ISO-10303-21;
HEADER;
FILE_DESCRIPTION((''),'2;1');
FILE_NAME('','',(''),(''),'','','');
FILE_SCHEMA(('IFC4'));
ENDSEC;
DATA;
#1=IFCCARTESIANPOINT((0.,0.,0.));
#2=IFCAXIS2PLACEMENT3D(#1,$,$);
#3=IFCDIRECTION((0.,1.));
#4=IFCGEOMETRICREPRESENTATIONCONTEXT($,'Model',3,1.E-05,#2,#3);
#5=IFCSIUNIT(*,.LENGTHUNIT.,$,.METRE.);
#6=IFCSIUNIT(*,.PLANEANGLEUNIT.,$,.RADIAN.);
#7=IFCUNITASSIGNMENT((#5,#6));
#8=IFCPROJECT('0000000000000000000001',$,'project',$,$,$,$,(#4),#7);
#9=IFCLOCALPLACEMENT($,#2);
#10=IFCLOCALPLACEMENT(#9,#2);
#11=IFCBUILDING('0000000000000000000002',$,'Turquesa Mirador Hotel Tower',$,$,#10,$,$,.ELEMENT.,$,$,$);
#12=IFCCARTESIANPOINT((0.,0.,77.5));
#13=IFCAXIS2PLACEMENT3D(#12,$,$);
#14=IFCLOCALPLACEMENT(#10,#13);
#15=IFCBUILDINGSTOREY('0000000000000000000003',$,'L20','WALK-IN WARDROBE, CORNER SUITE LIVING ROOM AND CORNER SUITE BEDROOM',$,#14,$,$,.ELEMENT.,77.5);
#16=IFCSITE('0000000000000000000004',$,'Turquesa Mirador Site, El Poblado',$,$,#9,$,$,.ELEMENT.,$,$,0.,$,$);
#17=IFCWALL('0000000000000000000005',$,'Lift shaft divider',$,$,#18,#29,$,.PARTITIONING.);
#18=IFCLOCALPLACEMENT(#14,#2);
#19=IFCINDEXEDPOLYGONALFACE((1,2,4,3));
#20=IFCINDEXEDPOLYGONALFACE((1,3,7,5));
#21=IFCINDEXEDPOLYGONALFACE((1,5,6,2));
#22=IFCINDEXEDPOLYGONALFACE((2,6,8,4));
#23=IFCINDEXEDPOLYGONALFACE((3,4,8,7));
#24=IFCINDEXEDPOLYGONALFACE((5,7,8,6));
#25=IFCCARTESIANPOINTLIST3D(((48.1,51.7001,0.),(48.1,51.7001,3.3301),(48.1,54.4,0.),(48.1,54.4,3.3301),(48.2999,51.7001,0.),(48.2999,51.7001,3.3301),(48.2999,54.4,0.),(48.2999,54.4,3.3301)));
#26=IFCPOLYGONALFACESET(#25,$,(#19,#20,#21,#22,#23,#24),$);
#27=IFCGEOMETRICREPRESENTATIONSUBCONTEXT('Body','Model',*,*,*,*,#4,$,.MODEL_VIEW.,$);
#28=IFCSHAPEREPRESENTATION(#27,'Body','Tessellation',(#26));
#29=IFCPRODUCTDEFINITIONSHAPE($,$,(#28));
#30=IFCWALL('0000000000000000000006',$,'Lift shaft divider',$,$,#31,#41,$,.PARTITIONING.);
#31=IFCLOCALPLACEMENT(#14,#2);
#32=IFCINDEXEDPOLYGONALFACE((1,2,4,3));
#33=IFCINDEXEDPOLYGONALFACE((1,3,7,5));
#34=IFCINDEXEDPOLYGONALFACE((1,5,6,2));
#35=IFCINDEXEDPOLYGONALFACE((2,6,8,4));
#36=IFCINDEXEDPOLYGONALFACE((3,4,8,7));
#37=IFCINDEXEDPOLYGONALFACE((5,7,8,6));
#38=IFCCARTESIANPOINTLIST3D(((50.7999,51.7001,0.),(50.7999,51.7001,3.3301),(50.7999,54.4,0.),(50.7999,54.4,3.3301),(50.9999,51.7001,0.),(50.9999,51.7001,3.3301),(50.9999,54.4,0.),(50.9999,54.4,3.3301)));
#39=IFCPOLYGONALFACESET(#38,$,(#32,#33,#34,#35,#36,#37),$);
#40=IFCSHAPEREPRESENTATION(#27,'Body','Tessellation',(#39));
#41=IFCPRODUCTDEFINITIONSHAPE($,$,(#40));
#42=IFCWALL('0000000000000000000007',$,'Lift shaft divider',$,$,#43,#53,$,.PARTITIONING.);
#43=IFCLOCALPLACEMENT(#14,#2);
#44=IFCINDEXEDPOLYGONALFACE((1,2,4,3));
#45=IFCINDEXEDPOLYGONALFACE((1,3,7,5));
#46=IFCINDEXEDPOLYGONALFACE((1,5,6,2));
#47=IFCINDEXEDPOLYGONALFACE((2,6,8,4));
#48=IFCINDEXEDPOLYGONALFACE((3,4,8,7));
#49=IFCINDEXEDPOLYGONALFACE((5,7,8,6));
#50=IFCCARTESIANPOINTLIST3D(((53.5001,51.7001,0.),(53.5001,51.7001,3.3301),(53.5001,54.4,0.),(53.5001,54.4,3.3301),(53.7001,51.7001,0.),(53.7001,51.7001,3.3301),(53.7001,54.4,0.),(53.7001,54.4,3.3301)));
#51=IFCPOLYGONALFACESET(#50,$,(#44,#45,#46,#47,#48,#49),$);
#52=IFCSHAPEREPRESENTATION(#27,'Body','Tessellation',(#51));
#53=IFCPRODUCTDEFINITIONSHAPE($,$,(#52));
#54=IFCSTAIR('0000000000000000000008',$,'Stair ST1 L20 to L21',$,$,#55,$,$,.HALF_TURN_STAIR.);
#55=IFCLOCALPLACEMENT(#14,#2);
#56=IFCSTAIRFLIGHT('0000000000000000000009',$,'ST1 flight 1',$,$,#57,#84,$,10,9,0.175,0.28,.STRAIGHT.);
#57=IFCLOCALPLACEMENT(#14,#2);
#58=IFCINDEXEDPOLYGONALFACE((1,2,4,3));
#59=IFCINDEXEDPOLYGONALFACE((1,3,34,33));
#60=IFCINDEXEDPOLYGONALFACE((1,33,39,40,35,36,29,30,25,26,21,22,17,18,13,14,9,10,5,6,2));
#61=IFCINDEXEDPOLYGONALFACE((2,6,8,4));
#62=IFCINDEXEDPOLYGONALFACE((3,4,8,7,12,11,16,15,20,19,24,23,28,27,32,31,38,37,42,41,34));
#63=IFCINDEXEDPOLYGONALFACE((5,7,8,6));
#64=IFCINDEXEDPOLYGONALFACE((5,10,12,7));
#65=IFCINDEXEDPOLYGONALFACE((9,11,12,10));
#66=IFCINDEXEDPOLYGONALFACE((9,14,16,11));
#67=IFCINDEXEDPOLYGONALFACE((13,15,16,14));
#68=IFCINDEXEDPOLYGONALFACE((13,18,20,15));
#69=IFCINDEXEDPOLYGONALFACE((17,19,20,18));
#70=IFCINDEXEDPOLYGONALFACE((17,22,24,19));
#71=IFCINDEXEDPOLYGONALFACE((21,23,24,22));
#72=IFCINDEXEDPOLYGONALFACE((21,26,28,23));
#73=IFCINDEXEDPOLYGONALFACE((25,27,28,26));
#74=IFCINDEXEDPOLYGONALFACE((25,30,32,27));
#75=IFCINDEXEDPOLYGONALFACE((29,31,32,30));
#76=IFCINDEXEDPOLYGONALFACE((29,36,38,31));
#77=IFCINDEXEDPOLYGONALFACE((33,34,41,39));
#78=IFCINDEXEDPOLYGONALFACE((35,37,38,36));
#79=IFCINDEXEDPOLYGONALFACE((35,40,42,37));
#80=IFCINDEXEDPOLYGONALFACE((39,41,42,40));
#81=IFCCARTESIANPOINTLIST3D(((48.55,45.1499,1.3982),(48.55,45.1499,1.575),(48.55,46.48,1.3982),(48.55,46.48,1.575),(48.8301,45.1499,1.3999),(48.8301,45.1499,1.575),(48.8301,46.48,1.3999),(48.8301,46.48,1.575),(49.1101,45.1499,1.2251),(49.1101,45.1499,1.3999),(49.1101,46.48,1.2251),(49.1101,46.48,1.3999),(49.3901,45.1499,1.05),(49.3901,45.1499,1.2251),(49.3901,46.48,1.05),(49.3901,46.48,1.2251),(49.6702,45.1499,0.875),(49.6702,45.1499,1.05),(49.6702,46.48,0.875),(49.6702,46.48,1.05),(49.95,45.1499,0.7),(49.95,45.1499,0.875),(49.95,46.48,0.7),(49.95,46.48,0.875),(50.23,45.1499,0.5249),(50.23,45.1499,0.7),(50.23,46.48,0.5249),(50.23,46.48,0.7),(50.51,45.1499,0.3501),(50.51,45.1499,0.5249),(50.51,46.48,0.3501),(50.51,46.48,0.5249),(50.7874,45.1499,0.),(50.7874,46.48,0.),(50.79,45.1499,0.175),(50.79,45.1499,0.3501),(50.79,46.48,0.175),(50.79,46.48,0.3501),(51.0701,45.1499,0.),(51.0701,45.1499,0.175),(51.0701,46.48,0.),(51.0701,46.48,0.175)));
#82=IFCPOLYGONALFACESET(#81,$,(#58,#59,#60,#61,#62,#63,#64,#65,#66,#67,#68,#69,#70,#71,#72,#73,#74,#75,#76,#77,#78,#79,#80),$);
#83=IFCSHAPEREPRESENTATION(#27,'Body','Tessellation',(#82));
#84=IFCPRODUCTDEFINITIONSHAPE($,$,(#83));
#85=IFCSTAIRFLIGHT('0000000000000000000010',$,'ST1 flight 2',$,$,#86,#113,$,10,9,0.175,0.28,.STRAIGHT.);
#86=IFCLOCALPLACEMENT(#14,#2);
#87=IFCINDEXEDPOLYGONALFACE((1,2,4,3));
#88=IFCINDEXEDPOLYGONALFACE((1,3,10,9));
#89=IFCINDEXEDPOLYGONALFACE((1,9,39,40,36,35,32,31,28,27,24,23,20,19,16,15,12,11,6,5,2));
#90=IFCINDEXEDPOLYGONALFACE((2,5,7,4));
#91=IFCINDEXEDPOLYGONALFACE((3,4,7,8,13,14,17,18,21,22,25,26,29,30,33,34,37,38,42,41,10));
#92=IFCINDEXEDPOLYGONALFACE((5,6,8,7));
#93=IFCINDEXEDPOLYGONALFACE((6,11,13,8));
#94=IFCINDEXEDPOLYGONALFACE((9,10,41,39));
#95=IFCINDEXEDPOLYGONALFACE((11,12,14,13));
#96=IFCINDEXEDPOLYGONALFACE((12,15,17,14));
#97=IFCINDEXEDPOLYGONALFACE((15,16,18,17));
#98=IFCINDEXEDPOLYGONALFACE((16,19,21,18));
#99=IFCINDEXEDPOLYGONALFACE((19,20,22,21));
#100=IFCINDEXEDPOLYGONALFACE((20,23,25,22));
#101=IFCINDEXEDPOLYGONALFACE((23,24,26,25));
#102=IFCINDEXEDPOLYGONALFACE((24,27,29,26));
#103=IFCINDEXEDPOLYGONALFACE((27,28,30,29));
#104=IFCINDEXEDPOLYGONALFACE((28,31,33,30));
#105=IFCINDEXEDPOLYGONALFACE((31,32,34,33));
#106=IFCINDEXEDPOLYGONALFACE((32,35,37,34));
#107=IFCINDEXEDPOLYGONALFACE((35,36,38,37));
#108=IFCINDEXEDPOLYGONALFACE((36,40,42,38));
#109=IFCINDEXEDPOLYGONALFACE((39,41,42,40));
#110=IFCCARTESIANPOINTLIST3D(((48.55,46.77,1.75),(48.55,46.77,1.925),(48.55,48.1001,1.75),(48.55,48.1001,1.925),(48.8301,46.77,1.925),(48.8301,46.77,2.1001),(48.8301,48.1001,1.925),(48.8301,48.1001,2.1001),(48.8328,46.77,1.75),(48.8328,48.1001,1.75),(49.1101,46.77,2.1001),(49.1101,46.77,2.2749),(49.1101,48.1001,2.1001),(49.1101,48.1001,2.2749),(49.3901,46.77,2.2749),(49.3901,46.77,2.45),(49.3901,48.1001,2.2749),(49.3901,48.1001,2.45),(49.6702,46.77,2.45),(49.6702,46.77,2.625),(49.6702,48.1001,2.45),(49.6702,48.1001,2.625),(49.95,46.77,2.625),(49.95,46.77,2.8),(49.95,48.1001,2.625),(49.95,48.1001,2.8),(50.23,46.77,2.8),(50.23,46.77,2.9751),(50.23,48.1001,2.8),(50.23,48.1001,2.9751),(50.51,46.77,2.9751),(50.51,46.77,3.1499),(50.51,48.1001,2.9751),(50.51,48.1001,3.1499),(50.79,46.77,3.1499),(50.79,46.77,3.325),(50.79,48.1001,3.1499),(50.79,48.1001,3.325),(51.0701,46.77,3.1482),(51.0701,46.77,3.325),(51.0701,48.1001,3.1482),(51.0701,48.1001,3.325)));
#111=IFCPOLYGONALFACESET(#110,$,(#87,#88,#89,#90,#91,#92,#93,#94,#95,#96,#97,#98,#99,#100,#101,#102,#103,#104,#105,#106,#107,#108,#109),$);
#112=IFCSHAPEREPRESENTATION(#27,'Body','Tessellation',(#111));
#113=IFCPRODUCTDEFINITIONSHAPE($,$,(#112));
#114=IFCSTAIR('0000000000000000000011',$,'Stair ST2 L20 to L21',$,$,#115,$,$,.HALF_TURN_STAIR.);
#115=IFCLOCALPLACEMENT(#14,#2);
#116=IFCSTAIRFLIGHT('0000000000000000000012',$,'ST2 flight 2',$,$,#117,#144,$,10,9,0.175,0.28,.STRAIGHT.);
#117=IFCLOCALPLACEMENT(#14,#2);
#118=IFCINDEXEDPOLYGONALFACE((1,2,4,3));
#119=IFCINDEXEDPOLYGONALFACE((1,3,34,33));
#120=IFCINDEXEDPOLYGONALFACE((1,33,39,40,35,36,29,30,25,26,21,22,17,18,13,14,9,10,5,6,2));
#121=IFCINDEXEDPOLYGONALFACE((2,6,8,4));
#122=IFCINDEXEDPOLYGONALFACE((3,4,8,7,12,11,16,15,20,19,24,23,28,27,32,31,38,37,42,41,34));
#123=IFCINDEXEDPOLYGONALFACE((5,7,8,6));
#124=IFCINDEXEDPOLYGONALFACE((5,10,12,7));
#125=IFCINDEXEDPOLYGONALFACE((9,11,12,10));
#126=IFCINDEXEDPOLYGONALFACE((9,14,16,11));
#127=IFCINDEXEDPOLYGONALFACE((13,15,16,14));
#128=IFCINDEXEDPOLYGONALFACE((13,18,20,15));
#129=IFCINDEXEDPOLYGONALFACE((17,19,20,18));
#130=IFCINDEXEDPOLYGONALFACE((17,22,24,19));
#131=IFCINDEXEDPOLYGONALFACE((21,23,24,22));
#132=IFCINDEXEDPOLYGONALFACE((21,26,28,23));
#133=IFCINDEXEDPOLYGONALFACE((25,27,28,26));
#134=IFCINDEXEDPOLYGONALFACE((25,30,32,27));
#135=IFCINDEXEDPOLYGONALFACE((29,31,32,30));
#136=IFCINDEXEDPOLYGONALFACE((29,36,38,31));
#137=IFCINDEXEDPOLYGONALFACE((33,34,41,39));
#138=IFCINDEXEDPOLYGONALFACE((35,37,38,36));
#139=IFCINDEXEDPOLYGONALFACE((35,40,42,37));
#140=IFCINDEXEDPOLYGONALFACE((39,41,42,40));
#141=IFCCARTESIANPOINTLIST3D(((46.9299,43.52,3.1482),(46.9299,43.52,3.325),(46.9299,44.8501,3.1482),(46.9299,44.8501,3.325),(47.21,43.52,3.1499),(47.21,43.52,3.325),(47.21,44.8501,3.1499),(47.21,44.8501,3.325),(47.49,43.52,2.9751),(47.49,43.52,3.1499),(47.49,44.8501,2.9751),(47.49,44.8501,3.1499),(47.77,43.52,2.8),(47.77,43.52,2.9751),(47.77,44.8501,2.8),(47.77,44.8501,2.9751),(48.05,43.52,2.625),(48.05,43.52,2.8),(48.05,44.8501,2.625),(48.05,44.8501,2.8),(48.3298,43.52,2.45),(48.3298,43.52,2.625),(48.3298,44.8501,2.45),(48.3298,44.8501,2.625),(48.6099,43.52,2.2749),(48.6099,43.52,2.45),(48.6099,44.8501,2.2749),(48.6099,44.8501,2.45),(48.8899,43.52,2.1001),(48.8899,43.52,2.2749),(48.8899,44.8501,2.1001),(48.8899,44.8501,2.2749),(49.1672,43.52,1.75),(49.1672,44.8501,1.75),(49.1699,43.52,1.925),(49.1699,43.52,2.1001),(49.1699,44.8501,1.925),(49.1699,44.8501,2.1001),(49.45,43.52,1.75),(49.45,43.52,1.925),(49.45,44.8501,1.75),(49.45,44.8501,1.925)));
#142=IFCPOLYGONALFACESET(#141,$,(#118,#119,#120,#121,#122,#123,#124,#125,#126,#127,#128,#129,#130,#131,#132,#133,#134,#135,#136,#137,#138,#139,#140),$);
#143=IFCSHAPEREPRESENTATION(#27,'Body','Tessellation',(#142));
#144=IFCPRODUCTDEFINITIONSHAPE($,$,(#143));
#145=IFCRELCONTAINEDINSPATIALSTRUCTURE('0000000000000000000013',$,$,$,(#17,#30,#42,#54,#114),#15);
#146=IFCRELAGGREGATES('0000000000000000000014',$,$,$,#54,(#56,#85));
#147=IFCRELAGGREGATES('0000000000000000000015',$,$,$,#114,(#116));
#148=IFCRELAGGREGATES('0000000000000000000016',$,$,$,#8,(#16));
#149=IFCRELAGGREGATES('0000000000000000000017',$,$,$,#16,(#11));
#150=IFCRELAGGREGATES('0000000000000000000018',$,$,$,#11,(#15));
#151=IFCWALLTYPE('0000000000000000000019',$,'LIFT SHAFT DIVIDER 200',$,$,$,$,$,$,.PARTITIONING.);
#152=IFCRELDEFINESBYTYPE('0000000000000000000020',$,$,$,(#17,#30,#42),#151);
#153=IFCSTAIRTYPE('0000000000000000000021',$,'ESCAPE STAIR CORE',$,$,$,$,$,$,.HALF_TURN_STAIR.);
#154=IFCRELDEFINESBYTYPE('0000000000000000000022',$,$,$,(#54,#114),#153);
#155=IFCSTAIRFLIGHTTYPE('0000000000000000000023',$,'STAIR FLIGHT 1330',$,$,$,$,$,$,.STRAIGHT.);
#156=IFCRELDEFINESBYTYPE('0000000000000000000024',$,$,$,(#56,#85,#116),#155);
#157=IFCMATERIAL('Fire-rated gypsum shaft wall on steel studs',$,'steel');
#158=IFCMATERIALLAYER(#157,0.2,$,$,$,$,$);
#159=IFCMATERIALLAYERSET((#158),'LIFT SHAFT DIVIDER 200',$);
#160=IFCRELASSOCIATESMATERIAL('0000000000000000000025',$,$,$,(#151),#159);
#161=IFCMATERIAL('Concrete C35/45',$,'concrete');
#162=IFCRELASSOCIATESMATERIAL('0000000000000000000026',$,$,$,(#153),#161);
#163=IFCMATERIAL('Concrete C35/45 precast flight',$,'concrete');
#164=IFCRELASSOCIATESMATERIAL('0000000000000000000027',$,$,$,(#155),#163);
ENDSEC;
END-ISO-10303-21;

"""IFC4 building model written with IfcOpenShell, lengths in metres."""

from ifc_helpers import new_model, si_unit, direction, frame, frame_2d, origin, place, context, subcontext, project, spatial, polyline, rectangle, outline, extrude, material, layer, layer_set, type_object, element, aggregate, save


model = new_model("IFC4")

# Units and contexts
model_context = context("Model", 3, precision=1e-05, world=origin(), true_north=direction((0.0, 1.0)))
body_context = subcontext(model_context, "Body", "Model", "MODEL_VIEW")
ifc_project = project(units=[si_unit("LENGTHUNIT", "METRE"), si_unit("PLANEANGLEUNIT", "RADIAN")], contexts=[model_context])

# Site, building, storey
site_placement = place(None, origin())
site = spatial("IfcSite", under=ifc_project, at=site_placement, Name="Turquesa Mirador Site, El Poblado", CompositionType="ELEMENT", RefElevation=0.0)
building_placement = place(site_placement, origin())
building = spatial("IfcBuilding", under=site, at=building_placement, Name="Turquesa Mirador Hotel Tower", CompositionType="ELEMENT")
storey_placement = place(building_placement, frame((0.0, 0.0, 77.5)))
storey = spatial("IfcBuildingStorey", under=building, at=storey_placement, Name="L20", Description="WALK-IN WARDROBE, CORNER SUITE LIVING ROOM AND CORNER SUITE BEDROOM", CompositionType="ELEMENT", Elevation=77.5)

# Walls
ifc_material_1 = material(Name="Fire-rated gypsum shaft wall on steel studs", Category="steel")
ifc_layer_1 = layer(ifc_material_1, 0.2)
ifc_layer_set_1 = layer_set([ifc_layer_1], Name="LIFT SHAFT DIVIDER 200")
wall_type_1 = type_object("IfcWallType", Name="LIFT SHAFT DIVIDER 200", PredefinedType="PARTITIONING", material=ifc_layer_set_1)
for number, where, z_axis, x_axis, name in (
    (1, (48.2, 51.7, 0.0), (0.0, 0.0, 1.0), (0.0, 1.0, 0.0), "Lift shaft divider"),
    (2, (50.8999, 51.7, 0.0), (0.0, 0.0, 1.0), (0.0, 1.0, 0.0), "Lift shaft divider"),
    (3, (53.6001, 51.7, 0.0), (0.0, 0.0, 1.0), (0.0, 1.0, 0.0), "Lift shaft divider"),
):
    element("IfcWall", number, at=place(storey_placement, frame(where, z_axis=z_axis, x_axis=x_axis)), inside=storey, type_object=wall_type_1, Name=name, PredefinedType="PARTITIONING", context=body_context, shape_type="SweptSolid", body=[
        extrude(rectangle(XDim=2.7, YDim=0.2, at=frame_2d((1.3501, 0.0))), origin(), (0.0, 0.0, 1.0), 3.3301),
    ])

# Stair, stair flights
ifc_material_2 = material(Name="Concrete C35/45", Category="concrete")
stair_type = type_object("IfcStairType", Name="ESCAPE STAIR CORE", PredefinedType="HALF_TURN_STAIR", material=ifc_material_2)
stair_1_placement = place(storey_placement, origin())
stair_1 = element("IfcStair", 4, at=stair_1_placement, inside=storey, type_object=stair_type, Name="Stair ST1 L20 to L21", PredefinedType="HALF_TURN_STAIR")
ifc_material_3 = material(Name="Concrete C35/45 precast flight", Category="concrete")
stair_flight_type = type_object("IfcStairFlightType", Name="STAIR FLIGHT 1330", PredefinedType="STRAIGHT", material=ifc_material_3)
stair_flight_1_placement = place(storey_placement, frame((51.0701, 45.8149, 0.0), z_axis=(0.0, 0.0, 1.0), x_axis=(-1.0, 0.0, 0.0)))
stair_flight_1 = element("IfcStairFlight", 5, at=stair_flight_1_placement, type_object=stair_flight_type, Name="ST1 flight 1", NumberOfRisers=10, NumberOfTreads=9, PredefinedType="STRAIGHT", RiserHeight=0.175, TreadLength=0.28, context=body_context, shape_type="SweptSolid", body=[
    extrude(outline(polyline([(0.0, 0.0), (0.0, 0.175), (0.28, 0.175), (0.28, 0.3501), (0.5601, 0.3501), (0.5601, 0.5249), (0.8401, 0.5249), (0.8401, 0.7), (1.1201, 0.7), (1.1201, 0.875), (1.3999, 0.875), (1.3999, 1.05), (1.6799, 1.05), (1.6799, 1.2251), (1.96, 1.2251), (1.96, 1.3999), (2.24, 1.3999), (2.24, 1.575), (2.52, 1.575), (2.52, 1.75), (2.52, 1.3982), (0.2827, 0.0), (0.0, 0.0)])), frame((0.0, 0.665, 0.0), z_axis=(0.0, -1.0, 0.0), x_axis=(1.0, 0.0, 0.0)), (0.0, 0.0, 1.0), 1.3301),
])
stair_flight_2_placement = place(storey_placement, frame((48.55, 47.4351, 1.75), z_axis=(0.0, 0.0, 1.0), x_axis=(1.0, 0.0, 0.0)))
stair_flight_2 = element("IfcStairFlight", 6, at=stair_flight_2_placement, type_object=stair_flight_type, Name="ST1 flight 2", NumberOfRisers=10, NumberOfTreads=9, PredefinedType="STRAIGHT", RiserHeight=0.175, TreadLength=0.28, context=body_context, shape_type="SweptSolid", body=[
    extrude(outline(polyline([(0.0, 0.0), (0.0, 0.175), (0.28, 0.175), (0.28, 0.3501), (0.5601, 0.3501), (0.5601, 0.5249), (0.8401, 0.5249), (0.8401, 0.7), (1.1201, 0.7), (1.1201, 0.875), (1.3999, 0.875), (1.3999, 1.05), (1.6799, 1.05), (1.6799, 1.2251), (1.96, 1.2251), (1.96, 1.3999), (2.24, 1.3999), (2.24, 1.575), (2.52, 1.575), (2.52, 1.75), (2.52, 1.3982), (0.2827, 0.0), (0.0, 0.0)])), frame((0.0, 0.665, 0.0), z_axis=(0.0, -1.0, 0.0), x_axis=(1.0, 0.0, 0.0)), (0.0, 0.0, 1.0), 1.3301),
])
aggregate(stair_1, [stair_flight_1, stair_flight_2])

# Stair, stair flight
stair_2_placement = place(storey_placement, origin())
stair_2 = element("IfcStair", 7, at=stair_2_placement, inside=storey, type_object=stair_type, Name="Stair ST2 L20 to L21", PredefinedType="HALF_TURN_STAIR")
stair_flight_3_placement = place(storey_placement, frame((49.45, 44.1851, 1.75), z_axis=(0.0, 0.0, 1.0), x_axis=(-1.0, 0.0, 0.0)))
stair_flight_3 = element("IfcStairFlight", 8, at=stair_flight_3_placement, type_object=stair_flight_type, Name="ST2 flight 2", NumberOfRisers=10, NumberOfTreads=9, PredefinedType="STRAIGHT", RiserHeight=0.175, TreadLength=0.28, context=body_context, shape_type="SweptSolid", body=[
    extrude(outline(polyline([(0.0, 0.0), (0.0, 0.175), (0.28, 0.175), (0.28, 0.3501), (0.5601, 0.3501), (0.5601, 0.5249), (0.8401, 0.5249), (0.8401, 0.7), (1.1201, 0.7), (1.1201, 0.875), (1.3999, 0.875), (1.3999, 1.05), (1.6799, 1.05), (1.6799, 1.2251), (1.96, 1.2251), (1.96, 1.3999), (2.24, 1.3999), (2.24, 1.575), (2.52, 1.575), (2.52, 1.75), (2.52, 1.3982), (0.2827, 0.0), (0.0, 0.0)])), frame((0.0, 0.665, 0.0), z_axis=(0.0, -1.0, 0.0), x_axis=(1.0, 0.0, 0.0)), (0.0, 0.0, 1.0), 1.3301),
])
aggregate(stair_2, [stair_flight_3])

save(model, "model.ifc")
